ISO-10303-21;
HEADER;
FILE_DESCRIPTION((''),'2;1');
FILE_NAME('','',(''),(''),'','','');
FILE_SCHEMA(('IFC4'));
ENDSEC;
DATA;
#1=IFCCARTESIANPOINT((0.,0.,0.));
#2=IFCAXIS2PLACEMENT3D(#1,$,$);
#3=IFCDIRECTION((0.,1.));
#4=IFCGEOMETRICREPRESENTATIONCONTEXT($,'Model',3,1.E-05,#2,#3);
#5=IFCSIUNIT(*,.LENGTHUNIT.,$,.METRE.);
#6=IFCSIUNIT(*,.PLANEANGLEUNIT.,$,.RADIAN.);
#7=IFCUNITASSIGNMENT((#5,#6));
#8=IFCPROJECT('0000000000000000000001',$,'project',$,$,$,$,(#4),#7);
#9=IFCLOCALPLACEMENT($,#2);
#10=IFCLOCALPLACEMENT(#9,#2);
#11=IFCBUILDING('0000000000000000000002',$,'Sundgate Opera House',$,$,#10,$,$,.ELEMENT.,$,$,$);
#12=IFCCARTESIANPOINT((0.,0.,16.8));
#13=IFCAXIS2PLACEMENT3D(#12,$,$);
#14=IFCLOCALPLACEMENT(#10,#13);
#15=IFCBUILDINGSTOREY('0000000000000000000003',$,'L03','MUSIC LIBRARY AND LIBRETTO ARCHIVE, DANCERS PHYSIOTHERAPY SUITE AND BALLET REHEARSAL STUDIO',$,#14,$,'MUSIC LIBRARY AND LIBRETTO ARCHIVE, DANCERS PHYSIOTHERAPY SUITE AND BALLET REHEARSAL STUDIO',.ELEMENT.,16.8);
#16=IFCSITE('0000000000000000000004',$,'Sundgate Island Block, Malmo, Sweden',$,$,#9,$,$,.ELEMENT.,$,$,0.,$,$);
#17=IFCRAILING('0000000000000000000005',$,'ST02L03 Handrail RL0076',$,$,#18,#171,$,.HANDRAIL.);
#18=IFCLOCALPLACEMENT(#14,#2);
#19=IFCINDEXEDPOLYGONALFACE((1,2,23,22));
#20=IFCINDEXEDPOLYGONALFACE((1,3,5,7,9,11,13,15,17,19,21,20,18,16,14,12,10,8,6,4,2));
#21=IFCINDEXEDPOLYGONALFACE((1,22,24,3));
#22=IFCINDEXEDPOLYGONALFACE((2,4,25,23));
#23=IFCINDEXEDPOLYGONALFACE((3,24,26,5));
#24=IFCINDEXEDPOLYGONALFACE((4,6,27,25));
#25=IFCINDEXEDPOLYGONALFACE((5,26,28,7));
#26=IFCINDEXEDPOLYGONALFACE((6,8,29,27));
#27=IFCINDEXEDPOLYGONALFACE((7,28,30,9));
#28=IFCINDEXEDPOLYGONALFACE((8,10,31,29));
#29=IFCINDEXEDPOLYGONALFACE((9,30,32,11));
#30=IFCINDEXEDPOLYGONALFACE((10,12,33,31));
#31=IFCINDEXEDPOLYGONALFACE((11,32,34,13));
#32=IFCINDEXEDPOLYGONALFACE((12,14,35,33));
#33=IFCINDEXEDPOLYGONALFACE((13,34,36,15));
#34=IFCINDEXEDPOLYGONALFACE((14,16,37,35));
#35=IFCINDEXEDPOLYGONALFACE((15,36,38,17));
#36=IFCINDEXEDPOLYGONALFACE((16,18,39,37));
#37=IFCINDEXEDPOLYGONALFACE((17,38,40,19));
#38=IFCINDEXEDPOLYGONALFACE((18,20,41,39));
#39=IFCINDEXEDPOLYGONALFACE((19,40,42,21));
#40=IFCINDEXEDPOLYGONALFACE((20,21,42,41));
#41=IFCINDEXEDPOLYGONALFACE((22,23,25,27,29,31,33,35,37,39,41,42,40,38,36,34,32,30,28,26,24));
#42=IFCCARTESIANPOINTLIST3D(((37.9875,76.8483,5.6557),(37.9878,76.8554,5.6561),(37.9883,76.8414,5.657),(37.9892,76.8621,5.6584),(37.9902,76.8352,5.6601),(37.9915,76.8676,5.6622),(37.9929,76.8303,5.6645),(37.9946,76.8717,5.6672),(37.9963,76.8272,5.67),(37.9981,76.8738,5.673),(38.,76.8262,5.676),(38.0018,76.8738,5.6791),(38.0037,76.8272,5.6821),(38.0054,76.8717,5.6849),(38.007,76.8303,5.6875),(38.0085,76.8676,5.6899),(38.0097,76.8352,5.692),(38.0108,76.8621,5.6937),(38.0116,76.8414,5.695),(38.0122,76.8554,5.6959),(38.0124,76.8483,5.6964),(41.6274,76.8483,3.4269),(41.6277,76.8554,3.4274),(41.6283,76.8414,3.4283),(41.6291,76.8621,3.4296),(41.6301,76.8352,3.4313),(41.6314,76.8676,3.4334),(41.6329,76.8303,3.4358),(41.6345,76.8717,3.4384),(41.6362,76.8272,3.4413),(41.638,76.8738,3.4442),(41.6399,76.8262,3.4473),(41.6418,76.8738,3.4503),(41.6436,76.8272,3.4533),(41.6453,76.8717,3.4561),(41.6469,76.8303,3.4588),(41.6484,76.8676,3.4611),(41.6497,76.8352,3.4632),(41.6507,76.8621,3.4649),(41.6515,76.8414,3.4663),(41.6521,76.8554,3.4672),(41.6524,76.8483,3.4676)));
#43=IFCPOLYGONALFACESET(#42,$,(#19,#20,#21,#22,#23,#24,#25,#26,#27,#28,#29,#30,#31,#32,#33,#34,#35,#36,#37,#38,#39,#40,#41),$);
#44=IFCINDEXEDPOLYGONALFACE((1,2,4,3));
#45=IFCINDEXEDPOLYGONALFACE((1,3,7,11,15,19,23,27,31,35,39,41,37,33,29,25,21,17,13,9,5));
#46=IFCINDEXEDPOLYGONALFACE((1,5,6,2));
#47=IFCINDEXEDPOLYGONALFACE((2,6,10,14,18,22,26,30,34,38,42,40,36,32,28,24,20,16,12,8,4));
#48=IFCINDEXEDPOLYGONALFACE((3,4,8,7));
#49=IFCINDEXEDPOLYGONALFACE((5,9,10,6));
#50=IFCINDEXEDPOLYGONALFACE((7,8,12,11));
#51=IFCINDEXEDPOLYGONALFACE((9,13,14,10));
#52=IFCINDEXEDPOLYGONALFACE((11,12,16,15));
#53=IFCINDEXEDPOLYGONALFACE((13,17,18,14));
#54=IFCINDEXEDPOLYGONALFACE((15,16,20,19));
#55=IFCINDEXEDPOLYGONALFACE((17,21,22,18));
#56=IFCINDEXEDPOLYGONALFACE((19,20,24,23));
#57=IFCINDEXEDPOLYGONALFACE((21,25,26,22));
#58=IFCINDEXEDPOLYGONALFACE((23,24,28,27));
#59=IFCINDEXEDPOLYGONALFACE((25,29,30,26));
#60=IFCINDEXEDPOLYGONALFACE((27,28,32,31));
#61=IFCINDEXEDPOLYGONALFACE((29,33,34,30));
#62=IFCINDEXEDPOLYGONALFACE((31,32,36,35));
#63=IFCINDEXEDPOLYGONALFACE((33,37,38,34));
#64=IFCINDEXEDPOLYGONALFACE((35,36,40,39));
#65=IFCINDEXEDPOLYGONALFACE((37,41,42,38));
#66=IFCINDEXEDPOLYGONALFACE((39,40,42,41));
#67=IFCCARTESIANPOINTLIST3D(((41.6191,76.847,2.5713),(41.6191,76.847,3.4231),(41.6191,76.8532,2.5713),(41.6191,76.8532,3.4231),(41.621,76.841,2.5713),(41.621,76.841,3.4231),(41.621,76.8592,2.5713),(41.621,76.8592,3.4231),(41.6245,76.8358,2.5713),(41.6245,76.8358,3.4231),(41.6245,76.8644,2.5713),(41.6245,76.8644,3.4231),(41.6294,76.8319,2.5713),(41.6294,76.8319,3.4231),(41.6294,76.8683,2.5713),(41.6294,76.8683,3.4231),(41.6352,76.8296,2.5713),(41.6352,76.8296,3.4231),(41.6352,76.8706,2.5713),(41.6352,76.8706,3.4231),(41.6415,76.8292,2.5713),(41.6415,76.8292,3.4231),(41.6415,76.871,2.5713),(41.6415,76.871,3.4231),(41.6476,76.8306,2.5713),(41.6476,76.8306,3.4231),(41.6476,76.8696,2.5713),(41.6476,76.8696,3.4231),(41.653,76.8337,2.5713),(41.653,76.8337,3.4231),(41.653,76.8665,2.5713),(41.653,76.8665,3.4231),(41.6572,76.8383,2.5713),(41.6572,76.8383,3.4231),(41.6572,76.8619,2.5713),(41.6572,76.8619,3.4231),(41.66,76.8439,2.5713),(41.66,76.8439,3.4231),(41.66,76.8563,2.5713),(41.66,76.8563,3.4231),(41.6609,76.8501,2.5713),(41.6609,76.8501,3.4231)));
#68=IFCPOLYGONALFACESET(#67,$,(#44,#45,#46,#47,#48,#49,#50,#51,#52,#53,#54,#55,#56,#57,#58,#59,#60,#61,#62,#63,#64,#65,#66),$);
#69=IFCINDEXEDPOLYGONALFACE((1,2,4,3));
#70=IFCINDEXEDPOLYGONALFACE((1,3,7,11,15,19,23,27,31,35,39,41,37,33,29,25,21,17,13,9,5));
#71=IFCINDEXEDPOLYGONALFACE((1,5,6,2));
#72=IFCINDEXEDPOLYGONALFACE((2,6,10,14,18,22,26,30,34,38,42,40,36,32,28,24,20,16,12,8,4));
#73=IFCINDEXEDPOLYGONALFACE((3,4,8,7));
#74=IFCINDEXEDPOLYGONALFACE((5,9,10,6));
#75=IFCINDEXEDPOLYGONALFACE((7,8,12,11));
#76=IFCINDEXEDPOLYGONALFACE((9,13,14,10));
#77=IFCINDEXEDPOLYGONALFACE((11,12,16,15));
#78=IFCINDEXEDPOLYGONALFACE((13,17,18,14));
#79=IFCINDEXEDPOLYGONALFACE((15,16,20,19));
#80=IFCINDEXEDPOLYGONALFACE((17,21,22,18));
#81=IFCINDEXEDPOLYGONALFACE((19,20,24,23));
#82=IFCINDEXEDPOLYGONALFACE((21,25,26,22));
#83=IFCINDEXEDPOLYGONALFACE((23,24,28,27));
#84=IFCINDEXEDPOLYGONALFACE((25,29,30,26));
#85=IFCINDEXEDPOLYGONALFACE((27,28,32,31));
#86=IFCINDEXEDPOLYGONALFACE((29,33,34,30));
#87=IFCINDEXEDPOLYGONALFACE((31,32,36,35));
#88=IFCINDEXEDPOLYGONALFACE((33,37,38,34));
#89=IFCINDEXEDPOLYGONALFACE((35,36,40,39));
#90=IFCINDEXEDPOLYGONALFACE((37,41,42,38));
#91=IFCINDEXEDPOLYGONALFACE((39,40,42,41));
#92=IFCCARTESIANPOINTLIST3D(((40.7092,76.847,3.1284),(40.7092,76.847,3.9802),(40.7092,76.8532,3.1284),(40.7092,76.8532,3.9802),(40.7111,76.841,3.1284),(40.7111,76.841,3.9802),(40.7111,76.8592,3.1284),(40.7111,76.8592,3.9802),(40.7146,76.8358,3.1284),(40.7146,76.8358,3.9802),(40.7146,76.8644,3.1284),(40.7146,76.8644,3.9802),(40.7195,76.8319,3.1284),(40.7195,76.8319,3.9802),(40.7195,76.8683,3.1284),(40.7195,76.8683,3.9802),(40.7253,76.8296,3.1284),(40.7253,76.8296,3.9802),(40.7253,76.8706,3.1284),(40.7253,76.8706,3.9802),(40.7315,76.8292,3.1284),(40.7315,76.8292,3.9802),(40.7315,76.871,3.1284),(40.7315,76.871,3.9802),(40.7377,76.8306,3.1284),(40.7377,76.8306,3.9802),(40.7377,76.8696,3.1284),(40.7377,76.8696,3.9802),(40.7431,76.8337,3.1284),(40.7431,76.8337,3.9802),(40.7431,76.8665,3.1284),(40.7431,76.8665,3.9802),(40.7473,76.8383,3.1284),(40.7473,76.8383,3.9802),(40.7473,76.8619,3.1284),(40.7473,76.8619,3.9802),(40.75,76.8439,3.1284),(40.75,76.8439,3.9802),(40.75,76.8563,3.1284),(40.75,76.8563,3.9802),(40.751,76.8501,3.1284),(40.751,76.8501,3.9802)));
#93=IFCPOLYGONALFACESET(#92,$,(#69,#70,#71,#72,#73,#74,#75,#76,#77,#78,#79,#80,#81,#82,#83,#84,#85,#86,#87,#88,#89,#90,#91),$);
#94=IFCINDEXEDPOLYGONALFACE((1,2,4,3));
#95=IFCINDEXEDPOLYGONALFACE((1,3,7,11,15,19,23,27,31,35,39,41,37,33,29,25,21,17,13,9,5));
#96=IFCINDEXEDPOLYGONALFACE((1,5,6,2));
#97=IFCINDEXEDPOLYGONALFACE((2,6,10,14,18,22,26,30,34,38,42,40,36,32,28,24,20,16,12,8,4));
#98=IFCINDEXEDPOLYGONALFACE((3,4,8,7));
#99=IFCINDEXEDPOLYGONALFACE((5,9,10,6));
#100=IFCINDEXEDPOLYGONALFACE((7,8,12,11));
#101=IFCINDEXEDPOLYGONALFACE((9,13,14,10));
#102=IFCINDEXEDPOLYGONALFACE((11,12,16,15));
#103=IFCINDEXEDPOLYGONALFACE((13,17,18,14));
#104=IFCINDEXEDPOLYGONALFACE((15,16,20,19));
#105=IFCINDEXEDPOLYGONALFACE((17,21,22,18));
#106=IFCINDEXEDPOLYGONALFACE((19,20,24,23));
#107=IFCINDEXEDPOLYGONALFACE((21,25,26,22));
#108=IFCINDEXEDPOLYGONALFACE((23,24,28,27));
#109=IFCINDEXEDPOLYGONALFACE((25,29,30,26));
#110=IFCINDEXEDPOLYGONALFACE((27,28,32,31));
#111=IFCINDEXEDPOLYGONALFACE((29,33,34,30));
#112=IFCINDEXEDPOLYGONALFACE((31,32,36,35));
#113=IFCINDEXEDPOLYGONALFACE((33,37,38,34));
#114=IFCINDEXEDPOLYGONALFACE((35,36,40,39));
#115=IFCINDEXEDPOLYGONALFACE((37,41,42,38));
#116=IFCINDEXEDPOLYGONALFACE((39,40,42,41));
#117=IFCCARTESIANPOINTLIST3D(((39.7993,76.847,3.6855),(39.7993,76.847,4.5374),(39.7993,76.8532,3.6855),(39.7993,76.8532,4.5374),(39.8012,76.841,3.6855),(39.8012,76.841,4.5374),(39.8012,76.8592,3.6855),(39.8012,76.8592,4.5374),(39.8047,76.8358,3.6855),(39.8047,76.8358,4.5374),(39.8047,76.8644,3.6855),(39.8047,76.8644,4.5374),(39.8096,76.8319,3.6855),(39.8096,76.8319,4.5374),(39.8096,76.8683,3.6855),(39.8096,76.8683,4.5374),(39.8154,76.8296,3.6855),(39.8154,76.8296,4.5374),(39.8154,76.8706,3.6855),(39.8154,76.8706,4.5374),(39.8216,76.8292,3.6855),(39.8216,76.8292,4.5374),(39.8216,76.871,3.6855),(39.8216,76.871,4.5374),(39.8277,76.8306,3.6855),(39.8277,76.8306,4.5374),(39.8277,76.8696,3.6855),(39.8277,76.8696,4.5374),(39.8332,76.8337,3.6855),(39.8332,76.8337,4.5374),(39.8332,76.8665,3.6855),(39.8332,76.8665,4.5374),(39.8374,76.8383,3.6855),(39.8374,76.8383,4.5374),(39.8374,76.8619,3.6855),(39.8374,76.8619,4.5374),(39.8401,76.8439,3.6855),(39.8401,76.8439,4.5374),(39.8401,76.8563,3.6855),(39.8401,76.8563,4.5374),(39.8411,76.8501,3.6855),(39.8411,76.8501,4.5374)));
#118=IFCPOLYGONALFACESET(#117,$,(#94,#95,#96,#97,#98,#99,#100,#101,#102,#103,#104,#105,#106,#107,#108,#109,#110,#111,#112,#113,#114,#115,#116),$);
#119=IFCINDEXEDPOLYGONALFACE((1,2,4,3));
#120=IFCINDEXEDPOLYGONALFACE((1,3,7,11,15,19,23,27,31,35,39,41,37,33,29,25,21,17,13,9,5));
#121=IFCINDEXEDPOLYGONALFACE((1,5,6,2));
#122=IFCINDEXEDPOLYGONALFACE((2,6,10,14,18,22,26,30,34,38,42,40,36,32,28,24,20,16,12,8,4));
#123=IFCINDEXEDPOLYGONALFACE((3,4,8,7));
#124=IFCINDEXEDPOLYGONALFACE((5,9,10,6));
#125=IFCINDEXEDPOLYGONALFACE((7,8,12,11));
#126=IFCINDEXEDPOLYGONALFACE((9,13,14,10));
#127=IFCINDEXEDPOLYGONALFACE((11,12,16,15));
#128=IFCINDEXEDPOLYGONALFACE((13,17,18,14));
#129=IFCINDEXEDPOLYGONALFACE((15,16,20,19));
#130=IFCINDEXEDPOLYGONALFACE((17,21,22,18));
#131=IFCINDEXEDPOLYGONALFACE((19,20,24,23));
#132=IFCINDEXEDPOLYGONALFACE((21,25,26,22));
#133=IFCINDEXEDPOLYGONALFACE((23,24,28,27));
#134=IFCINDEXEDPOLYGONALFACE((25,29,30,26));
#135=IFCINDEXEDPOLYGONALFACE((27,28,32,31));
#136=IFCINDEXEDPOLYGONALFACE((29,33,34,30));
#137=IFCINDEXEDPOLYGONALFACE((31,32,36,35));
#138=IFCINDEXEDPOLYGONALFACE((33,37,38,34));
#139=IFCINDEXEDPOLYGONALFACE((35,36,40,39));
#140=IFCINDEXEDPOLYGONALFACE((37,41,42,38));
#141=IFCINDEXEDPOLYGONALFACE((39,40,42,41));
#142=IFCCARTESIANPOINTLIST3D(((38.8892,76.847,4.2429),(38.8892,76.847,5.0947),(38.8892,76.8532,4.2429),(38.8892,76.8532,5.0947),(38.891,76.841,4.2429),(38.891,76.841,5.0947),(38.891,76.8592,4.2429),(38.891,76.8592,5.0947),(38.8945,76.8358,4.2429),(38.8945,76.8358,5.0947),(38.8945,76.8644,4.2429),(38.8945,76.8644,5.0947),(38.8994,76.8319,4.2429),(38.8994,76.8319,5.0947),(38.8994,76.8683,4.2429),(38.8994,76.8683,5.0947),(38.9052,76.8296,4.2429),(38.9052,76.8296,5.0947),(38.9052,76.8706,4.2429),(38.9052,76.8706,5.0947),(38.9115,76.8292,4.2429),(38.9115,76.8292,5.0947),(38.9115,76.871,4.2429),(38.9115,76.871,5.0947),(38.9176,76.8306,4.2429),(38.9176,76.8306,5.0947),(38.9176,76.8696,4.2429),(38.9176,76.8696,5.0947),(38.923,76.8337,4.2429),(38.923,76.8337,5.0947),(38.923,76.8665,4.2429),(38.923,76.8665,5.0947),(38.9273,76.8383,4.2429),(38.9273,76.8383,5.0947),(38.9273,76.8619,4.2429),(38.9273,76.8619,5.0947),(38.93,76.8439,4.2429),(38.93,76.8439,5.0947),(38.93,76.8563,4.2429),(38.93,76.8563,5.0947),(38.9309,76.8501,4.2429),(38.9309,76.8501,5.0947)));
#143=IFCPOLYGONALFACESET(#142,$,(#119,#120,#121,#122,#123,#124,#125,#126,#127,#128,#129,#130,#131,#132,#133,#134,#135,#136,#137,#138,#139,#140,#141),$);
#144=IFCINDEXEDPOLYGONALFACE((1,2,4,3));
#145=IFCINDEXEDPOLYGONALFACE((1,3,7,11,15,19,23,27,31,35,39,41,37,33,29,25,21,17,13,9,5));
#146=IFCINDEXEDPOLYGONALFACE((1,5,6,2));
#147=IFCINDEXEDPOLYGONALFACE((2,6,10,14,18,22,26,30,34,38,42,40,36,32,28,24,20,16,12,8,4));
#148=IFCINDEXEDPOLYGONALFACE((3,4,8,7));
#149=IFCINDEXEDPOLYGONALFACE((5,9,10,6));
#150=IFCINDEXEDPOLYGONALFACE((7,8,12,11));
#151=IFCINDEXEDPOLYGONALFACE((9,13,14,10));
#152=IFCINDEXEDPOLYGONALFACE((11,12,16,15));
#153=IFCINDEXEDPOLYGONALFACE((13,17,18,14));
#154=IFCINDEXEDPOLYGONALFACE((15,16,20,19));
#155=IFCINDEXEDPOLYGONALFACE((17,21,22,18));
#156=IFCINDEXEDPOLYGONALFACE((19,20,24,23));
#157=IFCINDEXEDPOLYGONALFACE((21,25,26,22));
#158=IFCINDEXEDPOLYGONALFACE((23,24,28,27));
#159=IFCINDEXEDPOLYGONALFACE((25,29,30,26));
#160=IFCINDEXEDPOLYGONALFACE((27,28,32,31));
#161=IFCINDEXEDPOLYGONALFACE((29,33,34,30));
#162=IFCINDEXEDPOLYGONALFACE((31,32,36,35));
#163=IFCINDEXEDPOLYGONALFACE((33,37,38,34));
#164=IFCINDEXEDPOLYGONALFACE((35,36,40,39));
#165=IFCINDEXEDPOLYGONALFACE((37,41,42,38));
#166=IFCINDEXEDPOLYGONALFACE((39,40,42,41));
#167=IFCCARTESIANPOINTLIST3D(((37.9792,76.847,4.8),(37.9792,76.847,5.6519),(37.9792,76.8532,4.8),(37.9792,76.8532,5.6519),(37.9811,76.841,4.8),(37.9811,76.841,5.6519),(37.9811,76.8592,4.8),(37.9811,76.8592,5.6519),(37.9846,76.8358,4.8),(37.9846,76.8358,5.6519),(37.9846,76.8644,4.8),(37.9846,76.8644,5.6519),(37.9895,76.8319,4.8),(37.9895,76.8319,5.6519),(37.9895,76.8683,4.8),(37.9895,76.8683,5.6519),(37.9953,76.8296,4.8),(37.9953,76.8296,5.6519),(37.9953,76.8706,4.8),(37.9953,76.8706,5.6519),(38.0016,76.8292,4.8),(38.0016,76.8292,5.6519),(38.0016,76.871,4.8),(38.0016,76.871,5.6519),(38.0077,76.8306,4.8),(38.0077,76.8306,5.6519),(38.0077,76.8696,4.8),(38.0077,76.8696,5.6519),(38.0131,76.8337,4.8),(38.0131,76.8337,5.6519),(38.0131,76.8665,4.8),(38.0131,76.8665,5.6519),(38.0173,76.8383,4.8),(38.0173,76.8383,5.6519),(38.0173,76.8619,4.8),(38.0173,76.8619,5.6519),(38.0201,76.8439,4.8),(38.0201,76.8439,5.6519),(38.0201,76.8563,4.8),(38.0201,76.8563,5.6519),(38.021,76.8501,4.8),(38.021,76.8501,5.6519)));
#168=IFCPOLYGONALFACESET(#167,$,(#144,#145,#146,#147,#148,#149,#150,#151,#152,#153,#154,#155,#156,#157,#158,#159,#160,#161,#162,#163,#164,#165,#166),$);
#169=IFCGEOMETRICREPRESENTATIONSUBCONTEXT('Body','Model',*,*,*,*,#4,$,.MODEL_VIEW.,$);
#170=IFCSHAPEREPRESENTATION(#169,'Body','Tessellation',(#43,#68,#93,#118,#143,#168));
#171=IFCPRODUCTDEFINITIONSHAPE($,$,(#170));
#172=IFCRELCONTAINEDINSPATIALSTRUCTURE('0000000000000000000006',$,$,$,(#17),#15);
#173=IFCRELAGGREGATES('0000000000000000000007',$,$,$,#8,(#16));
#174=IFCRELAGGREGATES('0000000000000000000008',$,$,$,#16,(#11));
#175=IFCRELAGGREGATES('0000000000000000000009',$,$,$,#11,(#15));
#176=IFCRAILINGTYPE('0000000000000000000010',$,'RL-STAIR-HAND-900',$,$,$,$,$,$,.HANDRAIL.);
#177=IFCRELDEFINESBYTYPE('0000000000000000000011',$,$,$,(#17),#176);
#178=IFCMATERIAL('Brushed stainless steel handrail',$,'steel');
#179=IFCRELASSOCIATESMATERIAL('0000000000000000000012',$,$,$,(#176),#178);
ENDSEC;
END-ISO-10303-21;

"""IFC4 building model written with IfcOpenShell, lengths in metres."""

from ifc_helpers import new_model, si_unit, direction, frame, origin, origin_2d, place, context, subcontext, project, spatial, circle, extrude, material, type_object, element, save


model = new_model("IFC4")

# Units and contexts
model_context = context("Model", 3, precision=1e-05, world=origin(), true_north=direction((0.0, 1.0)))
body_context = subcontext(model_context, "Body", "Model", "MODEL_VIEW")
ifc_project = project(units=[si_unit("LENGTHUNIT", "METRE"), si_unit("PLANEANGLEUNIT", "RADIAN")], contexts=[model_context])

# Site, building, storey
site_placement = place(None, origin())
site = spatial("IfcSite", under=ifc_project, at=site_placement, Name="Sundgate Island Block, Malmo, Sweden", CompositionType="ELEMENT", RefElevation=0.0)
building_placement = place(site_placement, origin())
building = spatial("IfcBuilding", under=site, at=building_placement, Name="Sundgate Opera House", CompositionType="ELEMENT")
storey_placement = place(building_placement, frame((0.0, 0.0, 16.8)))
storey = spatial("IfcBuildingStorey", under=building, at=storey_placement, Name="L03", Description="MUSIC LIBRARY AND LIBRETTO ARCHIVE, DANCERS PHYSIOTHERAPY SUITE AND BALLET REHEARSAL STUDIO", LongName="MUSIC LIBRARY AND LIBRETTO ARCHIVE, DANCERS PHYSIOTHERAPY SUITE AND BALLET REHEARSAL STUDIO", CompositionType="ELEMENT", Elevation=16.8)

# Railing
ifc_material_1 = material(Name="Brushed stainless steel handrail", Category="steel")
railing_type_1 = type_object("IfcRailingType", Name="RL-STAIR-HAND-900", PredefinedType="HANDRAIL", material=ifc_material_1)
railing_1_placement = place(storey_placement, frame((41.6399, 76.8501, 2.5713)))
element("IfcRailing", 1, at=railing_1_placement, inside=storey, type_object=railing_type_1, Name="ST02L03 Handrail RL0076", PredefinedType="HANDRAIL", context=body_context, shape_type="SweptSolid", body=[
    extrude(circle(Radius=0.0239, at=origin_2d()), frame((0.0, 0.0, 0.876), z_axis=(-0.852825, 0.0, 0.522197), x_axis=(0.0, -1.0, 0.0)), (0.0, 0.0, 1.0), 4.2681),
    extrude(circle(Radius=0.021, at=origin_2d()), origin(), (0.0, 0.0, 1.0), 0.8518),
    extrude(circle(Radius=0.021, at=origin_2d()), frame((-0.9099, 0.0, 0.5571)), (0.0, 0.0, 1.0), 0.8518),
    extrude(circle(Radius=0.021, at=origin_2d()), frame((-1.8198, 0.0, 1.1143)), (0.0, 0.0, 1.0), 0.8518),
    extrude(circle(Radius=0.021, at=origin_2d()), frame((-2.73, 0.0, 1.6716)), (0.0, 0.0, 1.0), 0.8518),
    extrude(circle(Radius=0.021, at=origin_2d()), frame((-3.6399, 0.0, 2.2288)), (0.0, 0.0, 1.0), 0.8518),
])

save(model, "model.ifc")
